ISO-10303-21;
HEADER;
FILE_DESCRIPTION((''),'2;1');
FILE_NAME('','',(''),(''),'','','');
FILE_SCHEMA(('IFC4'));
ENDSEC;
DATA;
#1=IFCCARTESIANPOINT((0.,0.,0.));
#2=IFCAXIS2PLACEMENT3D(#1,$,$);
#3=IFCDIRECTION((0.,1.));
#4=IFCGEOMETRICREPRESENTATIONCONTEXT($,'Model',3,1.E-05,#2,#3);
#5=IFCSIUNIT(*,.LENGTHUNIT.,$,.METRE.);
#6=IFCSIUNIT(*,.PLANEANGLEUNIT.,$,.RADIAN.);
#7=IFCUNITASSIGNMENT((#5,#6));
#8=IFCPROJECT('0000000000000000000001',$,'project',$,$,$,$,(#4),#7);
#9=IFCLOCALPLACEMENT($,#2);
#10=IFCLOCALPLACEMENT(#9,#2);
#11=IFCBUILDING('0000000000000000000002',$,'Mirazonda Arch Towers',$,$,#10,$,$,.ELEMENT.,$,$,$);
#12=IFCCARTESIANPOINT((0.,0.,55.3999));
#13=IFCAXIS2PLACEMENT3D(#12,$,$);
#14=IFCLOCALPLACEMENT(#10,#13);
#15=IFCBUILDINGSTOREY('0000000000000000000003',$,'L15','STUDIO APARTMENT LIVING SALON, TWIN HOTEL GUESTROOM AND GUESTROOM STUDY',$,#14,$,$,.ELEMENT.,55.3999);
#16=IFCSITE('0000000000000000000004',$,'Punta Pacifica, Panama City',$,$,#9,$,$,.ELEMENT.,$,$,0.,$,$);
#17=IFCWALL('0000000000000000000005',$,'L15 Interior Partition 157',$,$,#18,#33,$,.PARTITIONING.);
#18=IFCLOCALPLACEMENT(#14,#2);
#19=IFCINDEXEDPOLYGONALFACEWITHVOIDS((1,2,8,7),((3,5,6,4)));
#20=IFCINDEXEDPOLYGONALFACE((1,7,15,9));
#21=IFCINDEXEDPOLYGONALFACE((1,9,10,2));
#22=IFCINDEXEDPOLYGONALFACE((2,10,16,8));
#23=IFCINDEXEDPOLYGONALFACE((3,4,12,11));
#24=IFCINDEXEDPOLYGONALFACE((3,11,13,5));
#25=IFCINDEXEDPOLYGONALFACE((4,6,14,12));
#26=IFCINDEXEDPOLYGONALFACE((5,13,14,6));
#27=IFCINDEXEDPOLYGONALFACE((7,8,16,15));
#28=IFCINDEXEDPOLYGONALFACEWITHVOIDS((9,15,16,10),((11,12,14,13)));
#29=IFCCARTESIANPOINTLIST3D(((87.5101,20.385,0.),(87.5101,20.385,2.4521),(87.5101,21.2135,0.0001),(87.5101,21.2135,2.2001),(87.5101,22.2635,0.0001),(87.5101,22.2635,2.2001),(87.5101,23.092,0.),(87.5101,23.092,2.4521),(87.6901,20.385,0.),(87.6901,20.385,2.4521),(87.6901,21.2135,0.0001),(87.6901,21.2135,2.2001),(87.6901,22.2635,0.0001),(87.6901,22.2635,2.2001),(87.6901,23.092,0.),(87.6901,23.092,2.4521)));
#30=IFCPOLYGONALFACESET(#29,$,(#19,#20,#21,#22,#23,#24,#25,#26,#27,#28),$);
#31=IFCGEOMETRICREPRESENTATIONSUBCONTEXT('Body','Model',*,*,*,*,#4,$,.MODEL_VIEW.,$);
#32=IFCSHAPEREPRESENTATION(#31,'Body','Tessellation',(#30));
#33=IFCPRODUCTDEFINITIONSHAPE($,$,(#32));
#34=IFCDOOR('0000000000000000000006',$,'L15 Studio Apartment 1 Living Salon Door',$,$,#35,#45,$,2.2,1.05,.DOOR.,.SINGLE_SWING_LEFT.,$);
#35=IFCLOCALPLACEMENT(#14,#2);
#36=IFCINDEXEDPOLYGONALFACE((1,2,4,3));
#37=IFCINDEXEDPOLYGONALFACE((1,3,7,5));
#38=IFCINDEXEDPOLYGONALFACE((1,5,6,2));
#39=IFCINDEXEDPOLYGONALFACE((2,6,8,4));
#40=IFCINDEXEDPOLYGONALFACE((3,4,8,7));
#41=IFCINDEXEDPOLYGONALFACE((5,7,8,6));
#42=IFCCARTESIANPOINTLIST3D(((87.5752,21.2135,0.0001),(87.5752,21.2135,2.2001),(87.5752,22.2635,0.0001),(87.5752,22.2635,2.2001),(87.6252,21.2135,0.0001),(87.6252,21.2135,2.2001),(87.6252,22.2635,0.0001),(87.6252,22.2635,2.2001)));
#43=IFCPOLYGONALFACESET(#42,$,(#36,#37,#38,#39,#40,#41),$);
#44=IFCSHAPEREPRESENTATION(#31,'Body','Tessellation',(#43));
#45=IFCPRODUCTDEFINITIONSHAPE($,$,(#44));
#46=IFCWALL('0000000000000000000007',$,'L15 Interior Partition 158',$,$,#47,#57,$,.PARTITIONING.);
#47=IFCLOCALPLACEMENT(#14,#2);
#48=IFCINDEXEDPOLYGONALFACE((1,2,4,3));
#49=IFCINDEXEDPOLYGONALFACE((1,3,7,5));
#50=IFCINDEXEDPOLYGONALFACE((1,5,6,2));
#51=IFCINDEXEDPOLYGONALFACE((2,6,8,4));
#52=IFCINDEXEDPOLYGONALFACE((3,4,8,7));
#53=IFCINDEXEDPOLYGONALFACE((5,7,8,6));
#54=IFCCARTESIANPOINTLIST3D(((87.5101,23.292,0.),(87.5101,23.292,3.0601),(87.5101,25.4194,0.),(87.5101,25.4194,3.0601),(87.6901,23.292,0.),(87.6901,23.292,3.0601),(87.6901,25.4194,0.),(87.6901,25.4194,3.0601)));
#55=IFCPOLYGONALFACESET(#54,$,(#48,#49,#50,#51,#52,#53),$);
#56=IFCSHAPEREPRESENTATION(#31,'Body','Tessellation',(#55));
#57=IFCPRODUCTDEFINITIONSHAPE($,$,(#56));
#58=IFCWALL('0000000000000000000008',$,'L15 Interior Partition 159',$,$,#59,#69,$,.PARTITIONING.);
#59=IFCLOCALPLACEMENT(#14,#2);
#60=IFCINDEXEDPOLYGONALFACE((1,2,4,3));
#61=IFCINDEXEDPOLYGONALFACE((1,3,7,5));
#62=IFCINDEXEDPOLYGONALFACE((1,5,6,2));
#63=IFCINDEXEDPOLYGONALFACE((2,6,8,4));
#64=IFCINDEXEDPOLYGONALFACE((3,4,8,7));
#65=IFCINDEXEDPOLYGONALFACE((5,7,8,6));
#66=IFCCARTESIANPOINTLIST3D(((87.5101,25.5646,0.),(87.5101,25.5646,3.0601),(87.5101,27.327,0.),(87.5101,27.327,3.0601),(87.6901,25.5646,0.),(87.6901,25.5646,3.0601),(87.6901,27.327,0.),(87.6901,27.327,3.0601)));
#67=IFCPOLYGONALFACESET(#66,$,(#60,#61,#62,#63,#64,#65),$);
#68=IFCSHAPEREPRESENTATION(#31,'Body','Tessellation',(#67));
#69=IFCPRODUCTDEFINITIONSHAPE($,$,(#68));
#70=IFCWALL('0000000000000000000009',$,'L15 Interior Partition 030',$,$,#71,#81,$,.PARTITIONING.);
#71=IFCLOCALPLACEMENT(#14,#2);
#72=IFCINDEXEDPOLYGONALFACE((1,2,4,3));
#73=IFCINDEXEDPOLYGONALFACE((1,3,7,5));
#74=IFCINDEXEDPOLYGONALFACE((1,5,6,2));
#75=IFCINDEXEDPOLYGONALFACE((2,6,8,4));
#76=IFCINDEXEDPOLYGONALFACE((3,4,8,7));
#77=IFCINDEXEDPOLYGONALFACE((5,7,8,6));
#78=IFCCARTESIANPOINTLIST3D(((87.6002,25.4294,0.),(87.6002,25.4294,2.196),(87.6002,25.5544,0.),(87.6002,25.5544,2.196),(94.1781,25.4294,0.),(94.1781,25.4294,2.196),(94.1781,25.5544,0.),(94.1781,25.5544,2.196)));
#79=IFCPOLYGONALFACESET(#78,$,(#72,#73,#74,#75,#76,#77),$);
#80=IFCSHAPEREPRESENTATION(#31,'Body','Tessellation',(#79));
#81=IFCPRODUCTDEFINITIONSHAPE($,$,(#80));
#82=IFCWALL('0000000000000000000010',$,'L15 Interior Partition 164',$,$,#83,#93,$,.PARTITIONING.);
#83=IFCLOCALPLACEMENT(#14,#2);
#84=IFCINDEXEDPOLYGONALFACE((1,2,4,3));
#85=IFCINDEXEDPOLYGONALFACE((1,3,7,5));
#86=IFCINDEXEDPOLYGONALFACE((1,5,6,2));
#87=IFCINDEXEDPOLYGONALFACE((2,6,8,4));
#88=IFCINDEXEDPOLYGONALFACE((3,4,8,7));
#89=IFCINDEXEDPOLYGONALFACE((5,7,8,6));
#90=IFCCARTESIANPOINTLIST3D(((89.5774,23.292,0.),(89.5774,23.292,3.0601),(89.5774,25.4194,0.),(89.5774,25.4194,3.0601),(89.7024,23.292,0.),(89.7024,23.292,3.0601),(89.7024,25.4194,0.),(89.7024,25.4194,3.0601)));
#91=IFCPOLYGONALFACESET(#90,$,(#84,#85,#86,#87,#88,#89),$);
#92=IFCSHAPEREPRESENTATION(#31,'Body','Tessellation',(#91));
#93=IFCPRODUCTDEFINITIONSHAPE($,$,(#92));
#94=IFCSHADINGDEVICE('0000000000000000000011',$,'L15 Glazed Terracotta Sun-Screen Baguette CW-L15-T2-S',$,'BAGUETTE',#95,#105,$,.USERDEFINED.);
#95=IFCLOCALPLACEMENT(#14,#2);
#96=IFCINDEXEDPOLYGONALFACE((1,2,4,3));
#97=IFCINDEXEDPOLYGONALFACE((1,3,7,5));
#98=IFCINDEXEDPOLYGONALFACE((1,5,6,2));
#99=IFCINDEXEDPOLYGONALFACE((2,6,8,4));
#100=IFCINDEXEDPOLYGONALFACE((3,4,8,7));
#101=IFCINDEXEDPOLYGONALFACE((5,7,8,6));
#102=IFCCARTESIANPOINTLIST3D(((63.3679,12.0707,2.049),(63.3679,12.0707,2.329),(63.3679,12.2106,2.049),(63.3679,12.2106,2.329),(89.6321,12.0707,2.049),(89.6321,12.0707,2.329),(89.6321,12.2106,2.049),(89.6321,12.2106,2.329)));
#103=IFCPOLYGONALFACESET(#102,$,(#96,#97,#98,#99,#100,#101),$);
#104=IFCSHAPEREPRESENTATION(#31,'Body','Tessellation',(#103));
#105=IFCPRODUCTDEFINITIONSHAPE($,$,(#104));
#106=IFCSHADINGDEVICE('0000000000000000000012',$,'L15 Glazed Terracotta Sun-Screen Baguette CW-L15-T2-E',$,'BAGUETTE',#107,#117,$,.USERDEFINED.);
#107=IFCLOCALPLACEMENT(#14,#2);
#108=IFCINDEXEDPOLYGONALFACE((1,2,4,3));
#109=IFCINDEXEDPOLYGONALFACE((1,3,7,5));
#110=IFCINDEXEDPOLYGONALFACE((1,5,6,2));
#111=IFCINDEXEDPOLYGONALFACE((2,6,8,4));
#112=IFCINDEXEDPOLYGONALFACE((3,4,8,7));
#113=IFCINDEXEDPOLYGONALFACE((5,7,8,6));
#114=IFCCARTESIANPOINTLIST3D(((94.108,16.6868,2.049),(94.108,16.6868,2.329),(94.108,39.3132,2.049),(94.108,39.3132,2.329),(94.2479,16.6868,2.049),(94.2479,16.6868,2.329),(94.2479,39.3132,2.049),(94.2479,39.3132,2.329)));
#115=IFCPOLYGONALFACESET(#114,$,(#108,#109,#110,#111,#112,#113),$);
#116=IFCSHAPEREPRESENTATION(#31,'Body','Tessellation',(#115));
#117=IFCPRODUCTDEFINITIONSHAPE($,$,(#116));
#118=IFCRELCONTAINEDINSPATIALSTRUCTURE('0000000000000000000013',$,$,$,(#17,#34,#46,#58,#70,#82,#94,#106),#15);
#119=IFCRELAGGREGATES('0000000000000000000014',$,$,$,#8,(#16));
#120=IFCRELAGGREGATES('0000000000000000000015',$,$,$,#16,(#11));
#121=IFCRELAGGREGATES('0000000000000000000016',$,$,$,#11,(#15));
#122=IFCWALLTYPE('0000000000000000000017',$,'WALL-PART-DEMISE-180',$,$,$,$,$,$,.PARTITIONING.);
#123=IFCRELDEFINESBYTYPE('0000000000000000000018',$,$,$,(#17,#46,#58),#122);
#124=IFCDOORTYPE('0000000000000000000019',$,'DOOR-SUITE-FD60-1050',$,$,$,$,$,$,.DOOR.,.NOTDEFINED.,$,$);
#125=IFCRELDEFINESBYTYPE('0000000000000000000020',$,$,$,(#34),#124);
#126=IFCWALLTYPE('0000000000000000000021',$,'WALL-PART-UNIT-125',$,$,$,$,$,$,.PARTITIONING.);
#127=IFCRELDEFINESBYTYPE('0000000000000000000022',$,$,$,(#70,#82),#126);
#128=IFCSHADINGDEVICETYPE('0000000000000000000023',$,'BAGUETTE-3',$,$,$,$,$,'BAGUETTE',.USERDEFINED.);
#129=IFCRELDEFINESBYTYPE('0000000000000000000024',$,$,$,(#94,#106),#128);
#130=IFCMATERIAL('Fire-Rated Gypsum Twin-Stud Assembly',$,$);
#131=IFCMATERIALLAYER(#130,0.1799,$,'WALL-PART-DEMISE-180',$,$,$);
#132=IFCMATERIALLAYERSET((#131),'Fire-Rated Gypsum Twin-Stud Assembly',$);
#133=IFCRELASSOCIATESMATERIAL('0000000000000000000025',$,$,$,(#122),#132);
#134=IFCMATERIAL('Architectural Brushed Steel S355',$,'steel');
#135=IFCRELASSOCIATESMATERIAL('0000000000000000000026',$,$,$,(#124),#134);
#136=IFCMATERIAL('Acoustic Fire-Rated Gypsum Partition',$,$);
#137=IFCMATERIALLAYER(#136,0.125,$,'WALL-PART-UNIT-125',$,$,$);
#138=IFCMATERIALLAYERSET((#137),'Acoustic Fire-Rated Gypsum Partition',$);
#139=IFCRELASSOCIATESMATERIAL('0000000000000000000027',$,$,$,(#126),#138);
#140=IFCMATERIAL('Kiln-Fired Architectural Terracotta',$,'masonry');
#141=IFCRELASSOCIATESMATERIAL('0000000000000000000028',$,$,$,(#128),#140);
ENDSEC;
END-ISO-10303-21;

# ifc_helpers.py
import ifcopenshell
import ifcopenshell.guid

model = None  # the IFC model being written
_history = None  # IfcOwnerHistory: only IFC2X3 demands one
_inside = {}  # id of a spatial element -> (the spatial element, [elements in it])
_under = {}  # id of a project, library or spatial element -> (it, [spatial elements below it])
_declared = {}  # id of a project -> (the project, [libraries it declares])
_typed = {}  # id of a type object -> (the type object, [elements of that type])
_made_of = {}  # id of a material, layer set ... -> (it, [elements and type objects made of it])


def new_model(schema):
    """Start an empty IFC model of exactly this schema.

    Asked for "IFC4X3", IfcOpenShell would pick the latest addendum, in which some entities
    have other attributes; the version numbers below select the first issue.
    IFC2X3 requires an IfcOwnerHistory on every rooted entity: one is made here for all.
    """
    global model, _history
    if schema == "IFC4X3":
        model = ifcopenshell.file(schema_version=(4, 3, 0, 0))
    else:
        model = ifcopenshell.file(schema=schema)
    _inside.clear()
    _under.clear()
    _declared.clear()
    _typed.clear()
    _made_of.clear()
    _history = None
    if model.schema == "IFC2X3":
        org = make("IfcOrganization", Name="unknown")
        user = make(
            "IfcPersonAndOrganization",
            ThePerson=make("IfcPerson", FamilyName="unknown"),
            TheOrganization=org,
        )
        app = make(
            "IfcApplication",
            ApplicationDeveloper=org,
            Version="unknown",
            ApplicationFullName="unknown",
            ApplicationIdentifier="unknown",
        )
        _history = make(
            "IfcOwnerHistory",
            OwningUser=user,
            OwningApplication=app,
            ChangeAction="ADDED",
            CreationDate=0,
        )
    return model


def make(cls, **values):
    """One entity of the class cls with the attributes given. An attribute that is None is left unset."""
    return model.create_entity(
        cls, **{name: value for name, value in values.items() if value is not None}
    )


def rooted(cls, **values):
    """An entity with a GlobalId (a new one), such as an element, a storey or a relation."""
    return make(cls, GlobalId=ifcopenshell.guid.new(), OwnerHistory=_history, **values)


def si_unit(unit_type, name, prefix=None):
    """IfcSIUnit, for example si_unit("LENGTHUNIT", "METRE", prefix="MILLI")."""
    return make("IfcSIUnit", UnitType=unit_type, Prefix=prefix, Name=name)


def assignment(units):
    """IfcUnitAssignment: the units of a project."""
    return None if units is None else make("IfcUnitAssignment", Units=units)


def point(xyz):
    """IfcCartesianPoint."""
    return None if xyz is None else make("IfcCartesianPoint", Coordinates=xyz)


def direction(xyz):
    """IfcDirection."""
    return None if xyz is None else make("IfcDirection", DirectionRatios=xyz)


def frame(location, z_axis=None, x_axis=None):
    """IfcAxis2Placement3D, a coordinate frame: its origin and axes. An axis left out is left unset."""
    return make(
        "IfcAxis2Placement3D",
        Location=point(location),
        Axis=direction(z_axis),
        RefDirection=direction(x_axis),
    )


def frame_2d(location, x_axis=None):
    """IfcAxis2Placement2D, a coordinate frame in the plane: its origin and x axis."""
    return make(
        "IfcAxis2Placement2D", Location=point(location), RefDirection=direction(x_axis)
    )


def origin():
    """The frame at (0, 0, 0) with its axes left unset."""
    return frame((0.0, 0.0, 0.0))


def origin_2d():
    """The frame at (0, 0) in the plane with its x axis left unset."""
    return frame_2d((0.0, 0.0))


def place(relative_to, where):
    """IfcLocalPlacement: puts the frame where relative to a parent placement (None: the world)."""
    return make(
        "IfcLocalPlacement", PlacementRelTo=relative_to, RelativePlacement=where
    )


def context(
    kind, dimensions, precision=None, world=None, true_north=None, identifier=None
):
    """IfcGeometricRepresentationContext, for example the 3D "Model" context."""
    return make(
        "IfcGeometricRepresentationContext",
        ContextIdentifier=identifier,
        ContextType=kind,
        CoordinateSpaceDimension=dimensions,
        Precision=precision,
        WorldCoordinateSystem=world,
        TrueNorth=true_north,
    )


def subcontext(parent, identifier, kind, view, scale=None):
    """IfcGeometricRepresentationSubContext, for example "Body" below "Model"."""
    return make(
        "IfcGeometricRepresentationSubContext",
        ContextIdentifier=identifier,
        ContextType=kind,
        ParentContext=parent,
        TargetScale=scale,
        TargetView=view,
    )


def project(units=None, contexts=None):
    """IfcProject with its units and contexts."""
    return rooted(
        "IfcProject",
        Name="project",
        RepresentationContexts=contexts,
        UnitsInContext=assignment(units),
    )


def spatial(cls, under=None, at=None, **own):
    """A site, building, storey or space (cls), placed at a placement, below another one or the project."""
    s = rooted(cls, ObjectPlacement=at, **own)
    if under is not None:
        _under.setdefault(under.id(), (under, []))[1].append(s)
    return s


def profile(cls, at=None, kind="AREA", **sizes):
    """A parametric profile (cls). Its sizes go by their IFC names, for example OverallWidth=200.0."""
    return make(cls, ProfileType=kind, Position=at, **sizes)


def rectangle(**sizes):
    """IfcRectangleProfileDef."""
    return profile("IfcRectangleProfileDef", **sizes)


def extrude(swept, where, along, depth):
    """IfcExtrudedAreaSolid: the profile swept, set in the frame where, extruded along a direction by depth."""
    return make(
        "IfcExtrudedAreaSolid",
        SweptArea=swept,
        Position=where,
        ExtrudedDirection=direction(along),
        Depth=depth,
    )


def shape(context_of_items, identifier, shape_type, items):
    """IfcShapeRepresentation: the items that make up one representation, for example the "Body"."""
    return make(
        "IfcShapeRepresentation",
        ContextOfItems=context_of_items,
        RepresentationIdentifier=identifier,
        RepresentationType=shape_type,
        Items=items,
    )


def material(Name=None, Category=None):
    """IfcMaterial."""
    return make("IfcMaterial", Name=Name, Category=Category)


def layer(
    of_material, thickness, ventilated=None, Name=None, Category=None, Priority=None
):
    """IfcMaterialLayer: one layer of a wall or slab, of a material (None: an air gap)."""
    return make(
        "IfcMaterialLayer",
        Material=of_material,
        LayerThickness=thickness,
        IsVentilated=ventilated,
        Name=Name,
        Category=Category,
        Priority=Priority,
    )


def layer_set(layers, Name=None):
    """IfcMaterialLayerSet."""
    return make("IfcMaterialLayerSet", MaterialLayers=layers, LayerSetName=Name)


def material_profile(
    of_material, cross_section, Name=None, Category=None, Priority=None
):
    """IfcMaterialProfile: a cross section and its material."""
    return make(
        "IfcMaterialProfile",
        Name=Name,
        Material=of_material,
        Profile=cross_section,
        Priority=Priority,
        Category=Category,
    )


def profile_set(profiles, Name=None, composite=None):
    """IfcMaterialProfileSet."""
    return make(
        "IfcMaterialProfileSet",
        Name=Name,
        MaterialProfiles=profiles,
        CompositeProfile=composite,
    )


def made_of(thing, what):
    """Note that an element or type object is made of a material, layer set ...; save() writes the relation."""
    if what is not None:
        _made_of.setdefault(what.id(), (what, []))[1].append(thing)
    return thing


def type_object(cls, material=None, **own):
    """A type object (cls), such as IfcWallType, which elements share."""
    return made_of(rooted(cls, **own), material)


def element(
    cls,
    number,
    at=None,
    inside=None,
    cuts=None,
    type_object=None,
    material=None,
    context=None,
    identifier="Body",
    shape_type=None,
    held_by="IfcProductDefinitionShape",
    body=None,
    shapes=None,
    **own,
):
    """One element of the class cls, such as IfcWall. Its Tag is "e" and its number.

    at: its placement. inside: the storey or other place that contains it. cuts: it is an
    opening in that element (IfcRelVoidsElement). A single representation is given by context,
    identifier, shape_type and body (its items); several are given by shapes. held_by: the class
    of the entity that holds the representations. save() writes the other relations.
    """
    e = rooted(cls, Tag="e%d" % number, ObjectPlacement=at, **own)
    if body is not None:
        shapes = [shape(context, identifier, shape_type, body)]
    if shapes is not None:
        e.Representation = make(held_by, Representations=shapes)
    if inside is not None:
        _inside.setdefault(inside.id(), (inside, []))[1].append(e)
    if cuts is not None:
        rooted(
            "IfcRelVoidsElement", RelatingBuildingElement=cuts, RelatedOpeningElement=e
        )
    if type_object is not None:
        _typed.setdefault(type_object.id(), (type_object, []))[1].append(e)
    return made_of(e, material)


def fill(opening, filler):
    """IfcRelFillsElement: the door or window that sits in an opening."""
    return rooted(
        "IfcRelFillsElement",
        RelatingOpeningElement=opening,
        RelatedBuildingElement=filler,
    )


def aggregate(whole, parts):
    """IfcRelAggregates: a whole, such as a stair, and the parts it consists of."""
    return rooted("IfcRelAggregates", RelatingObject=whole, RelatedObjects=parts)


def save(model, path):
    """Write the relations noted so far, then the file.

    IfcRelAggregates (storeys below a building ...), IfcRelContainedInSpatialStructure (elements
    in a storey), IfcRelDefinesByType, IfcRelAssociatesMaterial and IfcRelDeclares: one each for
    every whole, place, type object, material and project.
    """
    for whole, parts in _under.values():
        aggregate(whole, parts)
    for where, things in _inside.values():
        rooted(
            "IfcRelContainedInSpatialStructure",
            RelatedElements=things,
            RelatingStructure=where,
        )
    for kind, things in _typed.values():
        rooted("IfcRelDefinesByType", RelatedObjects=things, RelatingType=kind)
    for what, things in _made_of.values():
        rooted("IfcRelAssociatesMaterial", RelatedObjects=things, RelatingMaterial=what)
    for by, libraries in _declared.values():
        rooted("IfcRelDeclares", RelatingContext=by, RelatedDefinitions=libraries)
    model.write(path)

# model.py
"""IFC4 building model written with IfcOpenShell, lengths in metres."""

from ifc_helpers import new_model, si_unit, direction, frame, frame_2d, origin, origin_2d, place, context, subcontext, project, spatial, rectangle, extrude, material, layer, layer_set, material_profile, profile_set, type_object, element, fill, save


model = new_model("IFC4")

# Units and contexts
model_context = context("Model", 3, precision=1e-05, world=origin(), true_north=direction((0.0, 1.0)))
body_context = subcontext(model_context, "Body", "Model", "MODEL_VIEW")
ifc_project = project(units=[si_unit("LENGTHUNIT", "METRE"), si_unit("PLANEANGLEUNIT", "RADIAN")], contexts=[model_context])

# Site, building, storey
site_placement = place(None, origin())
site = spatial("IfcSite", under=ifc_project, at=site_placement, Name="Punta Pacifica, Panama City", CompositionType="ELEMENT", RefElevation=0.0)
building_placement = place(site_placement, origin())
building = spatial("IfcBuilding", under=site, at=building_placement, Name="Mirazonda Arch Towers", CompositionType="ELEMENT")
storey_placement = place(building_placement, frame((0.0, 0.0, 55.3999)))
storey = spatial("IfcBuildingStorey", under=building, at=storey_placement, Name="L15", Description="STUDIO APARTMENT LIVING SALON, TWIN HOTEL GUESTROOM AND GUESTROOM STUDY", CompositionType="ELEMENT", Elevation=55.3999)

# Shared definitions
ifc_material_1 = material(Name="Fire-Rated Gypsum Twin-Stud Assembly")
ifc_layer_1 = layer(ifc_material_1, 0.1799, Name="WALL-PART-DEMISE-180")
ifc_layer_set_1 = layer_set([ifc_layer_1], Name="Fire-Rated Gypsum Twin-Stud Assembly")
wall_type_1 = type_object("IfcWallType", Name="WALL-PART-DEMISE-180", PredefinedType="PARTITIONING", material=ifc_layer_set_1)

# Shared definitions
ifc_material_2 = material(Name="Architectural Brushed Steel S355", Category="steel")

# Wall, opening, door
wall_1_placement = place(storey_placement, frame((87.6001, 20.385, 0.0), z_axis=(0.0, 0.0, 1.0), x_axis=(0.0, 1.0, 0.0)))
wall_1 = element("IfcWall", 1, at=wall_1_placement, inside=storey, type_object=wall_type_1, Name="L15 Interior Partition 157", PredefinedType="PARTITIONING", context=body_context, shape_type="SweptSolid", body=[
    extrude(rectangle(XDim=2.707, YDim=0.1799, at=frame_2d((1.3535, 0.0))), origin(), (0.0, 0.0, 1.0), 2.4521),
])
opening_1_placement = place(wall_1_placement, frame((0.8286, 0.0, 0.0)))
opening_1 = element("IfcOpeningElement", 2, at=opening_1_placement, cuts=wall_1, PredefinedType="OPENING", context=body_context, shape_type="SweptSolid", body=[
    extrude(rectangle(XDim=1.05, YDim=2.2, at=frame_2d((0.5249, 1.1001))), frame((0.0, 0.0999, 0.0), z_axis=(0.0, -1.0, 0.0), x_axis=(1.0, 0.0, 0.0)), (0.0, 0.0, 1.0), 0.2),
])
door_type_1 = type_object("IfcDoorType", Name="DOOR-SUITE-FD60-1050", OperationType="NOTDEFINED", PredefinedType="DOOR", material=ifc_material_2)
door_1_placement = place(opening_1_placement, origin())
door_1 = element("IfcDoor", 3, at=door_1_placement, inside=storey, type_object=door_type_1, Name="L15 Studio Apartment 1 Living Salon Door", OperationType="SINGLE_SWING_LEFT", OverallHeight=2.2, OverallWidth=1.05, PredefinedType="DOOR", context=body_context, shape_type="SweptSolid", body=[
    extrude(rectangle(XDim=1.05, YDim=2.2, at=frame_2d((0.5249, 1.1001))), frame((0.0, 0.0249, 0.0), z_axis=(0.0, -1.0, 0.0), x_axis=(1.0, 0.0, 0.0)), (0.0, 0.0, 1.0), 0.05),
])
fill(opening_1, door_1)

# Walls
wall_2_placement = place(storey_placement, frame((87.6001, 23.292, 0.0), z_axis=(0.0, 0.0, 1.0), x_axis=(0.0, 1.0, 0.0)))
element("IfcWall", 4, at=wall_2_placement, inside=storey, type_object=wall_type_1, Name="L15 Interior Partition 158", PredefinedType="PARTITIONING", context=body_context, shape_type="SweptSolid", body=[
    extrude(rectangle(XDim=2.1274, YDim=0.1799, at=frame_2d((1.0637, 0.0))), origin(), (0.0, 0.0, 1.0), 3.0601),
])
wall_3_placement = place(storey_placement, frame((87.6001, 25.5645, 0.0), z_axis=(0.0, 0.0, 1.0), x_axis=(0.0, 1.0, 0.0)))
element("IfcWall", 5, at=wall_3_placement, inside=storey, type_object=wall_type_1, Name="L15 Interior Partition 159", PredefinedType="PARTITIONING", context=body_context, shape_type="SweptSolid", body=[
    extrude(rectangle(XDim=1.7625, YDim=0.1799, at=frame_2d((0.8813, 0.0))), origin(), (0.0, 0.0, 1.0), 3.0601),
])
ifc_material_3 = material(Name="Acoustic Fire-Rated Gypsum Partition")
ifc_layer_2 = layer(ifc_material_3, 0.125, Name="WALL-PART-UNIT-125")
ifc_layer_set_2 = layer_set([ifc_layer_2], Name="Acoustic Fire-Rated Gypsum Partition")
wall_type_2 = type_object("IfcWallType", Name="WALL-PART-UNIT-125", PredefinedType="PARTITIONING", material=ifc_layer_set_2)
wall_4_placement = place(storey_placement, frame((87.6001, 25.4919, 0.0), z_axis=(0.0, 0.0, 1.0), x_axis=(1.0, 0.0, 0.0)))
element("IfcWall", 6, at=wall_4_placement, inside=storey, type_object=wall_type_2, Name="L15 Interior Partition 030", PredefinedType="PARTITIONING", context=body_context, shape_type="SweptSolid", body=[
    extrude(rectangle(XDim=6.5779, YDim=0.125, at=frame_2d((3.2891, 0.0))), origin(), (0.0, 0.0, 1.0), 2.196),
])
wall_5_placement = place(storey_placement, frame((89.6399, 23.292, 0.0), z_axis=(0.0, 0.0, 1.0), x_axis=(0.0, 1.0, 0.0)))
element("IfcWall", 7, at=wall_5_placement, inside=storey, type_object=wall_type_2, Name="L15 Interior Partition 164", PredefinedType="PARTITIONING", context=body_context, shape_type="SweptSolid", body=[
    extrude(rectangle(XDim=2.1274, YDim=0.125, at=frame_2d((1.0637, 0.0))), origin(), (0.0, 0.0, 1.0), 3.0601),
])

# Shading devices
ifc_material_4 = material(Name="Kiln-Fired Architectural Terracotta", Category="masonry")
ifc_material_profile_1 = material_profile(ifc_material_4, rectangle(XDim=0.1399, YDim=0.28, at=origin_2d()), Name="TERRA-BAG-140x280")
ifc_profile_set_1 = profile_set([ifc_material_profile_1], Name="Kiln-Fired Architectural Terracotta")
shading_device_type = type_object("IfcShadingDeviceType", Name="BAGUETTE-3", ElementType="BAGUETTE", PredefinedType="USERDEFINED", material=ifc_profile_set_1)
shading_device_1_placement = place(storey_placement, frame((89.6321, 12.1406, 2.189), z_axis=(-1.0, 0.0, 0.0), x_axis=(0.0, -1.0, 0.0)))
element("IfcShadingDevice", 8, at=shading_device_1_placement, inside=storey, type_object=shading_device_type, Name="L15 Glazed Terracotta Sun-Screen Baguette CW-L15-T2-S", ObjectType="BAGUETTE", PredefinedType="USERDEFINED", context=body_context, shape_type="SweptSolid", body=[
    extrude(rectangle(XDim=0.1399, YDim=0.28, at=origin_2d()), origin(), (0.0, 0.0, 1.0), 26.2642),
])
shading_device_2_placement = place(storey_placement, frame((94.178, 16.6868, 2.189), z_axis=(0.0, 1.0, 0.0), x_axis=(-1.0, 0.0, 0.0)))
element("IfcShadingDevice", 9, at=shading_device_2_placement, inside=storey, type_object=shading_device_type, Name="L15 Glazed Terracotta Sun-Screen Baguette CW-L15-T2-E", ObjectType="BAGUETTE", PredefinedType="USERDEFINED", context=body_context, shape_type="SweptSolid", body=[
    extrude(rectangle(XDim=0.1399, YDim=0.28, at=origin_2d()), origin(), (0.0, 0.0, 1.0), 22.6265),
])

save(model, "model.ifc")
